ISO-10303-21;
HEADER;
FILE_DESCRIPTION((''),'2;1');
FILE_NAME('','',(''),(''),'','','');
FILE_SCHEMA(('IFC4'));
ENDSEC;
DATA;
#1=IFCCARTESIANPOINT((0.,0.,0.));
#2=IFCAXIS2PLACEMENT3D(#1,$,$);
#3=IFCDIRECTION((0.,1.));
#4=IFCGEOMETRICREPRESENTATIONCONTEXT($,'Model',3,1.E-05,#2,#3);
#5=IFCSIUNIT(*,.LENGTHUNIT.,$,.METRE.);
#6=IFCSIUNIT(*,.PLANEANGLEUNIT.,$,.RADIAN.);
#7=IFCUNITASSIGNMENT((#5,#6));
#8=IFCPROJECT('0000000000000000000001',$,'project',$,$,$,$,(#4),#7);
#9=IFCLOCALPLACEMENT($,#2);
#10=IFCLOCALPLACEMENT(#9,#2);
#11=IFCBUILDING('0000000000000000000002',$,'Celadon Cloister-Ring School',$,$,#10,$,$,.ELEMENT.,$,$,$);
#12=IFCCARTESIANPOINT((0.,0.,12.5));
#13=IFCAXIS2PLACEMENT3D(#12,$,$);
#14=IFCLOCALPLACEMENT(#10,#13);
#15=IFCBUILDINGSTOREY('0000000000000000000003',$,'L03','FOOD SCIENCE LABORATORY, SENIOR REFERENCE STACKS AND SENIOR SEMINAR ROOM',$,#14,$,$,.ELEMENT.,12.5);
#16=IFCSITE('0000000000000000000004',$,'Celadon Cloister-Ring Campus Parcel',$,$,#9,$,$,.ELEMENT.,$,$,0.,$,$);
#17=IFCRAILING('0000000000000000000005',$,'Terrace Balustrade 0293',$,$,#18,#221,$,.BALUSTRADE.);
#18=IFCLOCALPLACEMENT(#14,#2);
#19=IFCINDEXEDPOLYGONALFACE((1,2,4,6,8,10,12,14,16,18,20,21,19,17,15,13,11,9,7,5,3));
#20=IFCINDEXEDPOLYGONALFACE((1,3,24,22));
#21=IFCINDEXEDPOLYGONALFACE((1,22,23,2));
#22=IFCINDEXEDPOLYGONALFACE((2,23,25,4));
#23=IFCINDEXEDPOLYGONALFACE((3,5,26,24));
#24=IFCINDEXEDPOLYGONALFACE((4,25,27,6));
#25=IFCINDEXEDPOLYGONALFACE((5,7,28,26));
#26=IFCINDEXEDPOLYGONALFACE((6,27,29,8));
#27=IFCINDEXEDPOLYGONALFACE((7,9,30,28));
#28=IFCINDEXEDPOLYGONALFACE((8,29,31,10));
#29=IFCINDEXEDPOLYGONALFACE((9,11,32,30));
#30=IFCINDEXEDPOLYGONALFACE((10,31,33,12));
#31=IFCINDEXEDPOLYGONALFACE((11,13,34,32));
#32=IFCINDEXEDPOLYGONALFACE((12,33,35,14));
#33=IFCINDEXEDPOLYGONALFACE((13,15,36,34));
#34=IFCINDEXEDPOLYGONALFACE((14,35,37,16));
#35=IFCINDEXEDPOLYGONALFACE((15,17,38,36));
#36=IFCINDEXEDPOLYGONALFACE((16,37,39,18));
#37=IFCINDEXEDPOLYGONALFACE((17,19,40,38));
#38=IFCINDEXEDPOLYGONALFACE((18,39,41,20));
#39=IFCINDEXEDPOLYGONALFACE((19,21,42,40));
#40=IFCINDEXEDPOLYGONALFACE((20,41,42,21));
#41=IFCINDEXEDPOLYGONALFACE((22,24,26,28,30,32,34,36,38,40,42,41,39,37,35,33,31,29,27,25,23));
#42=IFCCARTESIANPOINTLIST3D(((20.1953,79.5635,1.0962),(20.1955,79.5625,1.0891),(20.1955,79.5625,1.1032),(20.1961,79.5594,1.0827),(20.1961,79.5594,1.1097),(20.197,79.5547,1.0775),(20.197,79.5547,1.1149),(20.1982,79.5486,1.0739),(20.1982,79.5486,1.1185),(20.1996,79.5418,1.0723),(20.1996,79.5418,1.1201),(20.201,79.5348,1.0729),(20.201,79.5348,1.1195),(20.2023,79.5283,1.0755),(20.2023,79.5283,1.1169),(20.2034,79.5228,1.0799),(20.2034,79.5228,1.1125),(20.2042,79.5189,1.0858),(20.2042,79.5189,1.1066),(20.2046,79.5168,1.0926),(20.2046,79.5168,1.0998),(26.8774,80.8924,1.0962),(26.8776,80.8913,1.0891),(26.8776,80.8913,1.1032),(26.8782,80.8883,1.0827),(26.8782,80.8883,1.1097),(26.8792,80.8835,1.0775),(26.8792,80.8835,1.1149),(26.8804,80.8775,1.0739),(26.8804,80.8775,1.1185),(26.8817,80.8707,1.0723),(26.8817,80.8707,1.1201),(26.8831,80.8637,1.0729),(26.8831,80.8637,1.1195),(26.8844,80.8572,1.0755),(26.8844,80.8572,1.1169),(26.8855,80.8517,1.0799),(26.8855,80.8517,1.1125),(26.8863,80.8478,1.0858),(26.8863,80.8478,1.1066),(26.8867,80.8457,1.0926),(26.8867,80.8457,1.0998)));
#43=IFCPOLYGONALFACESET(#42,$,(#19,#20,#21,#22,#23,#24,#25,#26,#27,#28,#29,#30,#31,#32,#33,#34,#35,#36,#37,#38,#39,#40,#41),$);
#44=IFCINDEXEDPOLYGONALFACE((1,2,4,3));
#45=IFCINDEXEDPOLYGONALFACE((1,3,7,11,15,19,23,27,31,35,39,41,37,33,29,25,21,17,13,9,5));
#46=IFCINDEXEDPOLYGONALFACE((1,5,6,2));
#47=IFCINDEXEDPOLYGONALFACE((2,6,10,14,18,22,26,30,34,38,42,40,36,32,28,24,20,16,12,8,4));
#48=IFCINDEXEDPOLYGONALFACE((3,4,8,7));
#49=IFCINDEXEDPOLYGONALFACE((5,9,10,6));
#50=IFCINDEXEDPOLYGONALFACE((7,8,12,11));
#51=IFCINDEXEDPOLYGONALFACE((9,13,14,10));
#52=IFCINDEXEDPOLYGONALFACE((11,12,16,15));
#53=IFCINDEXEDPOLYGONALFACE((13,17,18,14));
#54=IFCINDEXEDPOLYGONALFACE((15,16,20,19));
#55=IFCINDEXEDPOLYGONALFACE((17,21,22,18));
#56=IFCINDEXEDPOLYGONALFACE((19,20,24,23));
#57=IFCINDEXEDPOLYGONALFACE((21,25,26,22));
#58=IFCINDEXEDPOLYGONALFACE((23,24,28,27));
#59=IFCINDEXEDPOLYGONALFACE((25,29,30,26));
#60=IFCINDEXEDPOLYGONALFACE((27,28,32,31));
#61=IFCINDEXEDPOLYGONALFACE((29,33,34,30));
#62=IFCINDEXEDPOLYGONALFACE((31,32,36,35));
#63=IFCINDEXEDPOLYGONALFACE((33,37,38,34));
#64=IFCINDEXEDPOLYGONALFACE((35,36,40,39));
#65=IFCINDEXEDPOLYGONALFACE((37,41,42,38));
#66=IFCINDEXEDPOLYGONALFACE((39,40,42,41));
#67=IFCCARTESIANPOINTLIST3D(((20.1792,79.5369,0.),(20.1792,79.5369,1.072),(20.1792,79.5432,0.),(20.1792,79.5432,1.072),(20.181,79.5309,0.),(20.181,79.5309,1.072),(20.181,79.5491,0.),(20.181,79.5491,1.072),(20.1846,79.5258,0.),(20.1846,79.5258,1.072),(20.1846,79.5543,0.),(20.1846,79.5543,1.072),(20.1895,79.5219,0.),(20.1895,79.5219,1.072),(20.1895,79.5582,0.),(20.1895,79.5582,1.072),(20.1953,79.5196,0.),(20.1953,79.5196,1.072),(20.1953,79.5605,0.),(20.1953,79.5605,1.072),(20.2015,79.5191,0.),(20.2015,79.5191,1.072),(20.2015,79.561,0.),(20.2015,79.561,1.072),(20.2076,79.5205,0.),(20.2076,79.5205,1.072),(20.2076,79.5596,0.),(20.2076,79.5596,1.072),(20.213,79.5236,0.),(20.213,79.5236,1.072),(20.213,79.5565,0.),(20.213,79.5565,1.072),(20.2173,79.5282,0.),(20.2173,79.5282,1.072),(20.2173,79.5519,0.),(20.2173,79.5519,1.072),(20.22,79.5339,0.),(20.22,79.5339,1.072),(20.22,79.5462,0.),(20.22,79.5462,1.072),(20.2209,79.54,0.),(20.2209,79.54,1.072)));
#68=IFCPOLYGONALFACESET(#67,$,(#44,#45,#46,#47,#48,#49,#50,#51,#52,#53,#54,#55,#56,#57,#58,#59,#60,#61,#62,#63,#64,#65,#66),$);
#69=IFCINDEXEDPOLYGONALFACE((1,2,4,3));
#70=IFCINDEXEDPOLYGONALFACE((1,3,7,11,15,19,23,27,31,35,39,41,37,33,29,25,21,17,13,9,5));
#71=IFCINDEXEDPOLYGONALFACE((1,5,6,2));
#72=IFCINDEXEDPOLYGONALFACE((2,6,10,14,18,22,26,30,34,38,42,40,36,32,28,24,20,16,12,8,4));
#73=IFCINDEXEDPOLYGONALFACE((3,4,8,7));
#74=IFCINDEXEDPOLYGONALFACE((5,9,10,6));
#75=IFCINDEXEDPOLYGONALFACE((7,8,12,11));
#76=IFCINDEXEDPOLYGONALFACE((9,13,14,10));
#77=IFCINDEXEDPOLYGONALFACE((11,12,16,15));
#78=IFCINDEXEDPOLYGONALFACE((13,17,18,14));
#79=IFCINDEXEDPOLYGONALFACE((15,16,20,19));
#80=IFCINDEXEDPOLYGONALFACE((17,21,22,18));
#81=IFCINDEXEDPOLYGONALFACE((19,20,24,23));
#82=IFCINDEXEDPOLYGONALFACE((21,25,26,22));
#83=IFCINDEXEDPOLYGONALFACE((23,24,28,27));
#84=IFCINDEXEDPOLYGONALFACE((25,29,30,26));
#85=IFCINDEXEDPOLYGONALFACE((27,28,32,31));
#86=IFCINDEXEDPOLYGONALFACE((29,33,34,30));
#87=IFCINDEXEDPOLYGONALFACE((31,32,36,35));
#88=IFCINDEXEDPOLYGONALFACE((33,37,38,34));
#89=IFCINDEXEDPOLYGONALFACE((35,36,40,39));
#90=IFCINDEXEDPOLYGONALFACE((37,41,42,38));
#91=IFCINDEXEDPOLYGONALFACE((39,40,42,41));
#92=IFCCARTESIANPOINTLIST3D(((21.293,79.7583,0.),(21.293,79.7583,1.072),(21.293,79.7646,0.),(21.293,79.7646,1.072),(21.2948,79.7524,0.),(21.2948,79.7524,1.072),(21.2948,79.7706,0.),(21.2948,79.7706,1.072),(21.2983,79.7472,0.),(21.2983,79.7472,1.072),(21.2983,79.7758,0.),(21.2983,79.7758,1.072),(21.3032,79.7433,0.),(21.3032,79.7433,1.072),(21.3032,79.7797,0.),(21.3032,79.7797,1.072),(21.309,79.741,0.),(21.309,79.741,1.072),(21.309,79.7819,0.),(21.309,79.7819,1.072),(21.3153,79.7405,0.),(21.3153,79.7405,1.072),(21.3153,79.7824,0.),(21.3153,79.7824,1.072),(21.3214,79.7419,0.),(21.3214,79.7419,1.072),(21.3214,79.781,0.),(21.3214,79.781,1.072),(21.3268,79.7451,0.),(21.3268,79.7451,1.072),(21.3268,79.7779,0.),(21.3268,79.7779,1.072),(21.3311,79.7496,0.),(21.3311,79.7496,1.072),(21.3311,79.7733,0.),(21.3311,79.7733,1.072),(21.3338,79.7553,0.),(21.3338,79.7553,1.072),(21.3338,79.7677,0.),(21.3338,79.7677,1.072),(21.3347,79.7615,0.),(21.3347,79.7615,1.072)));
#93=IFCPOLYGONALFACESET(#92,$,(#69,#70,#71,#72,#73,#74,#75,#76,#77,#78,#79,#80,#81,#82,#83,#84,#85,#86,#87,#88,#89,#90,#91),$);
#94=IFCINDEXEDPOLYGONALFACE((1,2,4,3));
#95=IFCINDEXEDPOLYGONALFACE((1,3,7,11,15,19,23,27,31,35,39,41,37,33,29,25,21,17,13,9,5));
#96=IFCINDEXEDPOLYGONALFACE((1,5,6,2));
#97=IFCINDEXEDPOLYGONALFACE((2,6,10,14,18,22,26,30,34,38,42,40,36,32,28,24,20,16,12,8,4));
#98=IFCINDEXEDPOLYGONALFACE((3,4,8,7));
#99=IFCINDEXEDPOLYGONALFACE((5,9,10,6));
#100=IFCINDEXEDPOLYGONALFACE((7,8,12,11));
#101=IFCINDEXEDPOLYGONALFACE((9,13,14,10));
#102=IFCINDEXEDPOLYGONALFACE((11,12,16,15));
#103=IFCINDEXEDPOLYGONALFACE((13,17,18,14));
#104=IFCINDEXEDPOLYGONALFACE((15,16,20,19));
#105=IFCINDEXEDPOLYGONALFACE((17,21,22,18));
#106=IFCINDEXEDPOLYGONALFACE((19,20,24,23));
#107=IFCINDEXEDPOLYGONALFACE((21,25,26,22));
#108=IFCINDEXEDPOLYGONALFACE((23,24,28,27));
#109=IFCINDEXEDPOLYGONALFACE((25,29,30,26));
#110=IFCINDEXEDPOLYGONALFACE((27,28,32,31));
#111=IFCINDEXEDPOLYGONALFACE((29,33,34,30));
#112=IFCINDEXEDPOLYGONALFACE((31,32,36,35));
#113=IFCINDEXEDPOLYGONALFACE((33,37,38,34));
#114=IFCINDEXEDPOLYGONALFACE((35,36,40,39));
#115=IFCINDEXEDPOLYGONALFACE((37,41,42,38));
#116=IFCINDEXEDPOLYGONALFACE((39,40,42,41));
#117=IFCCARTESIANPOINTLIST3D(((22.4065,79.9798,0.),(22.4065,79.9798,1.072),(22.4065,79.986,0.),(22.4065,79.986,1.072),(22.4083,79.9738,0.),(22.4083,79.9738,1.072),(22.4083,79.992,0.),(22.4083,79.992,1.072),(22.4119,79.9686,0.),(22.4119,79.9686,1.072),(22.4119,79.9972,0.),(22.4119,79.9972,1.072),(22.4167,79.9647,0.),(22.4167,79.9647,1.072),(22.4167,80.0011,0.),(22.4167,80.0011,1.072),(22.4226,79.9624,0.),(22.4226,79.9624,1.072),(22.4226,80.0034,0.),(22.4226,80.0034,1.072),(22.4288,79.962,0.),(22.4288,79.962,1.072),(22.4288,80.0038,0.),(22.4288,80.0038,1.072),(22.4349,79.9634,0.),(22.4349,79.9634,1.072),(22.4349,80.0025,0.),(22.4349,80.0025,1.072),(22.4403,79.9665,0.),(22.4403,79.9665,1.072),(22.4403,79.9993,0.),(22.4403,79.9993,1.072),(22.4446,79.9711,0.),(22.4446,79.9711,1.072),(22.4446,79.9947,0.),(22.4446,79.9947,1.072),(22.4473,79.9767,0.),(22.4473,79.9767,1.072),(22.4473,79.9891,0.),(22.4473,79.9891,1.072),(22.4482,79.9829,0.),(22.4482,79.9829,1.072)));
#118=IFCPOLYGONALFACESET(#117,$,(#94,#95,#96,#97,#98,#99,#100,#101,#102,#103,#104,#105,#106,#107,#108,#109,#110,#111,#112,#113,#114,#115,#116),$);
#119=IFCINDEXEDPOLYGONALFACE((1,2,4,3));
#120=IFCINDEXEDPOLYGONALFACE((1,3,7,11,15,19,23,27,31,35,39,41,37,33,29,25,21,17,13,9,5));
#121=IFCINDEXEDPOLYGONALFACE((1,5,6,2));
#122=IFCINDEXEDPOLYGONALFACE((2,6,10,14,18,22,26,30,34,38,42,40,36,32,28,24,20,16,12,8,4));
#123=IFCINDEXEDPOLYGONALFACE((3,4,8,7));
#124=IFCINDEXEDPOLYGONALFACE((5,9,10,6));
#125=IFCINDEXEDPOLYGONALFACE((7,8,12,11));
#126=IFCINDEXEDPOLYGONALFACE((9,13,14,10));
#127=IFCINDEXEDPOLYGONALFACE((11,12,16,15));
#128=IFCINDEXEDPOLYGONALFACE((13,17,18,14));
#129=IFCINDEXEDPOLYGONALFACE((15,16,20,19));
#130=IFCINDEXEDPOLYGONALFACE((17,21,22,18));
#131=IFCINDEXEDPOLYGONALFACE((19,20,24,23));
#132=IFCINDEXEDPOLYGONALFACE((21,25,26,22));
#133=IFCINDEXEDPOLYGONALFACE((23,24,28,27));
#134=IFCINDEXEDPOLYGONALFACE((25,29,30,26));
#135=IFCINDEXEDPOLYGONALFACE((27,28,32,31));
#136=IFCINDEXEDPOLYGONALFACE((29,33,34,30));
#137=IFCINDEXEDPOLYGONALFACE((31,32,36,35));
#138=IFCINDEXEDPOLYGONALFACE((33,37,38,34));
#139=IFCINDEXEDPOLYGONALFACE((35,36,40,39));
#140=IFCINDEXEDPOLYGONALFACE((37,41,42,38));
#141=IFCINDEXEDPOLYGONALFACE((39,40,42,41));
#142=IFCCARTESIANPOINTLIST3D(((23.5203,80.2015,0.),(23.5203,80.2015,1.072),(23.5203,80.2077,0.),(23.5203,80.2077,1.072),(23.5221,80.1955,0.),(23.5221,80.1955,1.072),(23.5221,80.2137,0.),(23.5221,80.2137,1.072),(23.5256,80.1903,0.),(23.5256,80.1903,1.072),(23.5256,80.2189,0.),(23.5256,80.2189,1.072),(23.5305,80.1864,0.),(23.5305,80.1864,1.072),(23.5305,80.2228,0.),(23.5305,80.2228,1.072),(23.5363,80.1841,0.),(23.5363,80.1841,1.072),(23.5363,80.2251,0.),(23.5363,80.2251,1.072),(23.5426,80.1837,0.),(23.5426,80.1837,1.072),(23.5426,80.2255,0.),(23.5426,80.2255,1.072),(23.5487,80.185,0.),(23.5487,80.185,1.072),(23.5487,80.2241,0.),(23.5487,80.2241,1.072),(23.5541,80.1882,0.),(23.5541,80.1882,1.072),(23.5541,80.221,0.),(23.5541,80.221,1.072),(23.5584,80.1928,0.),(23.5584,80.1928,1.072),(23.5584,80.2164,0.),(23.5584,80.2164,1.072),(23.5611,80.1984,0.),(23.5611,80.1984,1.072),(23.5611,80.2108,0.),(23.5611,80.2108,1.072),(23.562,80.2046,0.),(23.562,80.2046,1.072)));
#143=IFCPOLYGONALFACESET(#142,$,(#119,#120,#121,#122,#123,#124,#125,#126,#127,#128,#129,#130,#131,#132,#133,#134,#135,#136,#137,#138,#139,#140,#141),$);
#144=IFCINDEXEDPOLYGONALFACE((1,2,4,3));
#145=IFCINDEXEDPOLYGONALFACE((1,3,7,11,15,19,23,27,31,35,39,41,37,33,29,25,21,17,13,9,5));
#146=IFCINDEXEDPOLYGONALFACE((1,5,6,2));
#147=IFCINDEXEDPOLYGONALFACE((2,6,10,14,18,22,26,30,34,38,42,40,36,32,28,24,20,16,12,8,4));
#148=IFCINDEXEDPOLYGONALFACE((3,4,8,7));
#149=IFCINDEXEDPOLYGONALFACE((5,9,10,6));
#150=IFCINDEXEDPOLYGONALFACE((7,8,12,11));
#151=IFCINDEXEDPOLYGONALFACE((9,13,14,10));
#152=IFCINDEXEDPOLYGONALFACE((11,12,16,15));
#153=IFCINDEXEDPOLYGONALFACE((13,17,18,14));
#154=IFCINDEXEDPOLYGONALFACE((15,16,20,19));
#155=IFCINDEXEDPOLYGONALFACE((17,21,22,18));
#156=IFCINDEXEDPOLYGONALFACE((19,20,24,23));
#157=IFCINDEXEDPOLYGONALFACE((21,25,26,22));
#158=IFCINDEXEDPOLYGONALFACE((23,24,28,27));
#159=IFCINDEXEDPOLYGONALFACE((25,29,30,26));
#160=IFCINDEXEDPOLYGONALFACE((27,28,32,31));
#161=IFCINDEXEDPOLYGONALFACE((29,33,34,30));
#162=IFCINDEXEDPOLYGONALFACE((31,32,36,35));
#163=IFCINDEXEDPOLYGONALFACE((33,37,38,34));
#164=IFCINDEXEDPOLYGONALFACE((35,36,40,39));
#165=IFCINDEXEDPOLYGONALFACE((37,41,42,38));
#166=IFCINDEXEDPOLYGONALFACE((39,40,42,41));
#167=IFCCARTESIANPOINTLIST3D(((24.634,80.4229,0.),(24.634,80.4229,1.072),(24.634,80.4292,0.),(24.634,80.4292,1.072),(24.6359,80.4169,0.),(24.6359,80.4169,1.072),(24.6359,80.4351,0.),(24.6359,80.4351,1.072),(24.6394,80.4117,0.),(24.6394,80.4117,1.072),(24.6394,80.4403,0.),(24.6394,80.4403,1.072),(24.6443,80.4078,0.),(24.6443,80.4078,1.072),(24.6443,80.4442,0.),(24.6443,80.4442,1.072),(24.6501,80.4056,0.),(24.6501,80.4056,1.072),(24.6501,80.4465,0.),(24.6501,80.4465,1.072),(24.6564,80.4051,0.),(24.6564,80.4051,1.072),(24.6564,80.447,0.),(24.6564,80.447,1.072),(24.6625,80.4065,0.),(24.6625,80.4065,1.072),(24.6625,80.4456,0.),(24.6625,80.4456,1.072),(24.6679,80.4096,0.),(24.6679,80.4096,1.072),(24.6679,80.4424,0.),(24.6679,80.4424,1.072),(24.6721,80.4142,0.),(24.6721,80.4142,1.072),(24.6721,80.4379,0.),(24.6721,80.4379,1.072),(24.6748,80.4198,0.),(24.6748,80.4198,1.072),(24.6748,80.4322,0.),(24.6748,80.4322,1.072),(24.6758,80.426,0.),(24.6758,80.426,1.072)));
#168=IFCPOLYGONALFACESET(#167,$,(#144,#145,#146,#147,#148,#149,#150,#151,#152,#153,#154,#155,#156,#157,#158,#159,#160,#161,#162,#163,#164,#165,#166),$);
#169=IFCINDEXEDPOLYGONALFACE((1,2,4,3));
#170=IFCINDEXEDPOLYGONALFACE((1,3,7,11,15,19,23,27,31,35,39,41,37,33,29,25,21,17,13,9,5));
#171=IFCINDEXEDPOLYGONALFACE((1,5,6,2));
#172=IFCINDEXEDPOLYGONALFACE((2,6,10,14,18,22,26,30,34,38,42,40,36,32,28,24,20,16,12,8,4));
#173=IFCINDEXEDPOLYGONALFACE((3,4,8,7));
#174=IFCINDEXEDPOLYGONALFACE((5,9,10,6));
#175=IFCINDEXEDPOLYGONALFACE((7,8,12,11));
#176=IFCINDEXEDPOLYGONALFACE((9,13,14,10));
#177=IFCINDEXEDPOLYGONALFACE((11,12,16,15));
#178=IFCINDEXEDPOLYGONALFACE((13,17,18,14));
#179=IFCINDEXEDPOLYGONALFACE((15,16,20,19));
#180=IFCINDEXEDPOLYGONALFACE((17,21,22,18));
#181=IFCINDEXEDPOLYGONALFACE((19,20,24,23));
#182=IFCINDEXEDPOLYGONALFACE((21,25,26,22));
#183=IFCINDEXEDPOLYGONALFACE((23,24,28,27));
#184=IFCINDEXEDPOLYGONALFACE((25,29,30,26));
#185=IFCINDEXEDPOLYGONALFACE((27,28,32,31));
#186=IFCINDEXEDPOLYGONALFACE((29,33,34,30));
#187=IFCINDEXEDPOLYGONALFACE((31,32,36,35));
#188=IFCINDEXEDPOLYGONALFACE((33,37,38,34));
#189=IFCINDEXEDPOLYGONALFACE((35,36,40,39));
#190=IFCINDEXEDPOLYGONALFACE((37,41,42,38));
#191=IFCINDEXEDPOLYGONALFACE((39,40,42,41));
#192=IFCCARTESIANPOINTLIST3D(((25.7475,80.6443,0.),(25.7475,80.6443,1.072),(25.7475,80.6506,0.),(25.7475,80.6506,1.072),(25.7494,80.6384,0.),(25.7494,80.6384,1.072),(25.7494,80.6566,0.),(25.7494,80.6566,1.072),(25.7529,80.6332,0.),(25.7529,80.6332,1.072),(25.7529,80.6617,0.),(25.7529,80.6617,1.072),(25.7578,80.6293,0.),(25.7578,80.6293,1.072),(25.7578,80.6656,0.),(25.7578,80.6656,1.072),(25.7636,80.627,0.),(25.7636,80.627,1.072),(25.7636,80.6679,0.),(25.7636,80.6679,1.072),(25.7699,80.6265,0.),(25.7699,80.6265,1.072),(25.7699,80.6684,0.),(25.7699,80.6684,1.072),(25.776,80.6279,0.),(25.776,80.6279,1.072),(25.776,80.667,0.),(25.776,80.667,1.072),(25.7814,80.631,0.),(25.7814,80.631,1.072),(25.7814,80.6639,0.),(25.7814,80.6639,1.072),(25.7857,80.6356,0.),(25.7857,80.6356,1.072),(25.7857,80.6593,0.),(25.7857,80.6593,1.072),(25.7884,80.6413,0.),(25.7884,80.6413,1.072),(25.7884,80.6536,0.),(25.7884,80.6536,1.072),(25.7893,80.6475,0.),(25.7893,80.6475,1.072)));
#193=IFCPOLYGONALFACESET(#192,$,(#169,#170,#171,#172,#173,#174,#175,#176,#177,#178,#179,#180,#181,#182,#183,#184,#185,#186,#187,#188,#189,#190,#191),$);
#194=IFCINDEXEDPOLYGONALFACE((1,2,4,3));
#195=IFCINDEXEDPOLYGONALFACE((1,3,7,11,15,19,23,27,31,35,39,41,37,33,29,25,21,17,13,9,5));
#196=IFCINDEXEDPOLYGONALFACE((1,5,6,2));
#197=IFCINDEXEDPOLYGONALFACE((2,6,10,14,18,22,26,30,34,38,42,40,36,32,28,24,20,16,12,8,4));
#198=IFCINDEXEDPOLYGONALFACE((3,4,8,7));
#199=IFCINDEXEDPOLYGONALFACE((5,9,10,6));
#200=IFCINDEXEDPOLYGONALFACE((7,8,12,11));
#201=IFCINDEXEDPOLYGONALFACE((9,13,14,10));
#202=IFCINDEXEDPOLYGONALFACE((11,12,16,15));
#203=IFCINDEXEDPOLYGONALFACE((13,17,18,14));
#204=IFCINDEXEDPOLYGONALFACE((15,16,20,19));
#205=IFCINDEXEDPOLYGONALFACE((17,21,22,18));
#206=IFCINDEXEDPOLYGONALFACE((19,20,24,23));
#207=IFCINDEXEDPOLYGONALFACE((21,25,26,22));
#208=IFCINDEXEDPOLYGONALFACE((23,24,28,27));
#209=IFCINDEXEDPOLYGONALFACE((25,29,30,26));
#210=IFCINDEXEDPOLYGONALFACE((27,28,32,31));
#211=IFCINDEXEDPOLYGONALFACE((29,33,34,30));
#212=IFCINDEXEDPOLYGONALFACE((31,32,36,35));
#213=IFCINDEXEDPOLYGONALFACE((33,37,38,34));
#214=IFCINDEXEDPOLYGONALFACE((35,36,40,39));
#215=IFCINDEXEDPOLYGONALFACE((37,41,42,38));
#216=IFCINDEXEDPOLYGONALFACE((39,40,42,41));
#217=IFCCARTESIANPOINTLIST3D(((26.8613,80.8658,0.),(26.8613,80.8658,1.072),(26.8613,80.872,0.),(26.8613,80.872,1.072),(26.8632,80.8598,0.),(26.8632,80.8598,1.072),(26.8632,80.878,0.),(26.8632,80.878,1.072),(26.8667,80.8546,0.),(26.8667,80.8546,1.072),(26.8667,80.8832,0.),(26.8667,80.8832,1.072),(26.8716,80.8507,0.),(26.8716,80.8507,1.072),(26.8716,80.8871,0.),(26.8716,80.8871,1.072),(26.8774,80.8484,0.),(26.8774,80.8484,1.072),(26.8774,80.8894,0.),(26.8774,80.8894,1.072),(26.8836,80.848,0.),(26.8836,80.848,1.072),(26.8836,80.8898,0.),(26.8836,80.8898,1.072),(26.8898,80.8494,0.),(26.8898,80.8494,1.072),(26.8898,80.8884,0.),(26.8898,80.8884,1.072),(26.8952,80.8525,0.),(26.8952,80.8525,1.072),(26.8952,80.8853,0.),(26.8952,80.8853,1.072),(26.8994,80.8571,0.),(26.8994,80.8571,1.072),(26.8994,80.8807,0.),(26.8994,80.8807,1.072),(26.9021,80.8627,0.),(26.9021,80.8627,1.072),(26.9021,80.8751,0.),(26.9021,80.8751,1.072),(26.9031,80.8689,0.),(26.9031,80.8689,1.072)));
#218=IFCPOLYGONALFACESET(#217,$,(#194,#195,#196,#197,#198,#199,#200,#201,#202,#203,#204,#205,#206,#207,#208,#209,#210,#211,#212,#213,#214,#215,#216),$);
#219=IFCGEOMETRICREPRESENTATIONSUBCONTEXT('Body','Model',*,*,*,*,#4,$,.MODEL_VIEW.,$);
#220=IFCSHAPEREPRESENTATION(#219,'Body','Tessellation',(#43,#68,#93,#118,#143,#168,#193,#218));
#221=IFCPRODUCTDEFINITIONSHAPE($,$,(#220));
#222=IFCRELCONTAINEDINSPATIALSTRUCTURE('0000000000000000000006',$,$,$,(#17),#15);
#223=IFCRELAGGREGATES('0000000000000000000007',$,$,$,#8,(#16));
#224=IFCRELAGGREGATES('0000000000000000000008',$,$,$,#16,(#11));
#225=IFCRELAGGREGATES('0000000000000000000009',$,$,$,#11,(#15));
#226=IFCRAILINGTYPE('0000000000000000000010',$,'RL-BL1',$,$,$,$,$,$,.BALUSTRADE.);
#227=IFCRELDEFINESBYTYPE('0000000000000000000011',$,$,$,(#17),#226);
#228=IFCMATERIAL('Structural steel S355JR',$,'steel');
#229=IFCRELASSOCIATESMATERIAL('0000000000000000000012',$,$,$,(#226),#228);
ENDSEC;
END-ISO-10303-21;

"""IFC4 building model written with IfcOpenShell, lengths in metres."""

from ifc_helpers import new_model, si_unit, direction, frame, origin, origin_2d, place, context, subcontext, project, spatial, circle, extrude, material, type_object, element, save


model = new_model("IFC4")

# Units and contexts
model_context = context("Model", 3, precision=1e-05, world=origin(), true_north=direction((0.0, 1.0)))
body_context = subcontext(model_context, "Body", "Model", "MODEL_VIEW")
ifc_project = project(units=[si_unit("LENGTHUNIT", "METRE"), si_unit("PLANEANGLEUNIT", "RADIAN")], contexts=[model_context])

# Site, building, storey
site_placement = place(None, origin())
site = spatial("IfcSite", under=ifc_project, at=site_placement, Name="Celadon Cloister-Ring Campus Parcel", CompositionType="ELEMENT", RefElevation=0.0)
building_placement = place(site_placement, origin())
building = spatial("IfcBuilding", under=site, at=building_placement, Name="Celadon Cloister-Ring School", CompositionType="ELEMENT")
storey_placement = place(building_placement, frame((0.0, 0.0, 12.5)))
storey = spatial("IfcBuildingStorey", under=building, at=storey_placement, Name="L03", Description="FOOD SCIENCE LABORATORY, SENIOR REFERENCE STACKS AND SENIOR SEMINAR ROOM", CompositionType="ELEMENT", Elevation=12.5)

# Railing
ifc_material_1 = material(Name="Structural steel S355JR", Category="steel")
railing_type = type_object("IfcRailingType", Name="RL-BL1", PredefinedType="BALUSTRADE", material=ifc_material_1)
railing_1_placement = place(storey_placement, frame((20.2, 79.54, 0.0)))
element("IfcRailing", 1, at=railing_1_placement, inside=storey, type_object=railing_type, Name="Terrace Balustrade 0293", PredefinedType="BALUSTRADE", context=body_context, shape_type="SweptSolid", body=[
    extrude(circle(Radius=0.0239, at=origin_2d()), frame((0.0, 0.0, 1.0962), z_axis=(0.980794, 0.195048, 0.0), x_axis=(-0.195048, 0.980794, 0.0)), (0.0, 0.0, 1.0), 6.813),
    extrude(circle(Radius=0.021, at=origin_2d()), origin(), (0.0, 0.0, 1.0), 1.072),
    extrude(circle(Radius=0.021, at=origin_2d()), frame((1.1138, 0.2214, 0.0)), (0.0, 0.0, 1.0), 1.072),
    extrude(circle(Radius=0.021, at=origin_2d()), frame((2.2273, 0.4429, 0.0)), (0.0, 0.0, 1.0), 1.072),
    extrude(circle(Radius=0.021, at=origin_2d()), frame((3.3411, 0.6646, 0.0)), (0.0, 0.0, 1.0), 1.072),
    extrude(circle(Radius=0.021, at=origin_2d()), frame((4.4548, 0.886, 0.0)), (0.0, 0.0, 1.0), 1.072),
    extrude(circle(Radius=0.021, at=origin_2d()), frame((5.5684, 1.1074, 0.0)), (0.0, 0.0, 1.0), 1.072),
    extrude(circle(Radius=0.021, at=origin_2d()), frame((6.6821, 1.3289, 0.0)), (0.0, 0.0, 1.0), 1.072),
])

save(model, "model.ifc")
